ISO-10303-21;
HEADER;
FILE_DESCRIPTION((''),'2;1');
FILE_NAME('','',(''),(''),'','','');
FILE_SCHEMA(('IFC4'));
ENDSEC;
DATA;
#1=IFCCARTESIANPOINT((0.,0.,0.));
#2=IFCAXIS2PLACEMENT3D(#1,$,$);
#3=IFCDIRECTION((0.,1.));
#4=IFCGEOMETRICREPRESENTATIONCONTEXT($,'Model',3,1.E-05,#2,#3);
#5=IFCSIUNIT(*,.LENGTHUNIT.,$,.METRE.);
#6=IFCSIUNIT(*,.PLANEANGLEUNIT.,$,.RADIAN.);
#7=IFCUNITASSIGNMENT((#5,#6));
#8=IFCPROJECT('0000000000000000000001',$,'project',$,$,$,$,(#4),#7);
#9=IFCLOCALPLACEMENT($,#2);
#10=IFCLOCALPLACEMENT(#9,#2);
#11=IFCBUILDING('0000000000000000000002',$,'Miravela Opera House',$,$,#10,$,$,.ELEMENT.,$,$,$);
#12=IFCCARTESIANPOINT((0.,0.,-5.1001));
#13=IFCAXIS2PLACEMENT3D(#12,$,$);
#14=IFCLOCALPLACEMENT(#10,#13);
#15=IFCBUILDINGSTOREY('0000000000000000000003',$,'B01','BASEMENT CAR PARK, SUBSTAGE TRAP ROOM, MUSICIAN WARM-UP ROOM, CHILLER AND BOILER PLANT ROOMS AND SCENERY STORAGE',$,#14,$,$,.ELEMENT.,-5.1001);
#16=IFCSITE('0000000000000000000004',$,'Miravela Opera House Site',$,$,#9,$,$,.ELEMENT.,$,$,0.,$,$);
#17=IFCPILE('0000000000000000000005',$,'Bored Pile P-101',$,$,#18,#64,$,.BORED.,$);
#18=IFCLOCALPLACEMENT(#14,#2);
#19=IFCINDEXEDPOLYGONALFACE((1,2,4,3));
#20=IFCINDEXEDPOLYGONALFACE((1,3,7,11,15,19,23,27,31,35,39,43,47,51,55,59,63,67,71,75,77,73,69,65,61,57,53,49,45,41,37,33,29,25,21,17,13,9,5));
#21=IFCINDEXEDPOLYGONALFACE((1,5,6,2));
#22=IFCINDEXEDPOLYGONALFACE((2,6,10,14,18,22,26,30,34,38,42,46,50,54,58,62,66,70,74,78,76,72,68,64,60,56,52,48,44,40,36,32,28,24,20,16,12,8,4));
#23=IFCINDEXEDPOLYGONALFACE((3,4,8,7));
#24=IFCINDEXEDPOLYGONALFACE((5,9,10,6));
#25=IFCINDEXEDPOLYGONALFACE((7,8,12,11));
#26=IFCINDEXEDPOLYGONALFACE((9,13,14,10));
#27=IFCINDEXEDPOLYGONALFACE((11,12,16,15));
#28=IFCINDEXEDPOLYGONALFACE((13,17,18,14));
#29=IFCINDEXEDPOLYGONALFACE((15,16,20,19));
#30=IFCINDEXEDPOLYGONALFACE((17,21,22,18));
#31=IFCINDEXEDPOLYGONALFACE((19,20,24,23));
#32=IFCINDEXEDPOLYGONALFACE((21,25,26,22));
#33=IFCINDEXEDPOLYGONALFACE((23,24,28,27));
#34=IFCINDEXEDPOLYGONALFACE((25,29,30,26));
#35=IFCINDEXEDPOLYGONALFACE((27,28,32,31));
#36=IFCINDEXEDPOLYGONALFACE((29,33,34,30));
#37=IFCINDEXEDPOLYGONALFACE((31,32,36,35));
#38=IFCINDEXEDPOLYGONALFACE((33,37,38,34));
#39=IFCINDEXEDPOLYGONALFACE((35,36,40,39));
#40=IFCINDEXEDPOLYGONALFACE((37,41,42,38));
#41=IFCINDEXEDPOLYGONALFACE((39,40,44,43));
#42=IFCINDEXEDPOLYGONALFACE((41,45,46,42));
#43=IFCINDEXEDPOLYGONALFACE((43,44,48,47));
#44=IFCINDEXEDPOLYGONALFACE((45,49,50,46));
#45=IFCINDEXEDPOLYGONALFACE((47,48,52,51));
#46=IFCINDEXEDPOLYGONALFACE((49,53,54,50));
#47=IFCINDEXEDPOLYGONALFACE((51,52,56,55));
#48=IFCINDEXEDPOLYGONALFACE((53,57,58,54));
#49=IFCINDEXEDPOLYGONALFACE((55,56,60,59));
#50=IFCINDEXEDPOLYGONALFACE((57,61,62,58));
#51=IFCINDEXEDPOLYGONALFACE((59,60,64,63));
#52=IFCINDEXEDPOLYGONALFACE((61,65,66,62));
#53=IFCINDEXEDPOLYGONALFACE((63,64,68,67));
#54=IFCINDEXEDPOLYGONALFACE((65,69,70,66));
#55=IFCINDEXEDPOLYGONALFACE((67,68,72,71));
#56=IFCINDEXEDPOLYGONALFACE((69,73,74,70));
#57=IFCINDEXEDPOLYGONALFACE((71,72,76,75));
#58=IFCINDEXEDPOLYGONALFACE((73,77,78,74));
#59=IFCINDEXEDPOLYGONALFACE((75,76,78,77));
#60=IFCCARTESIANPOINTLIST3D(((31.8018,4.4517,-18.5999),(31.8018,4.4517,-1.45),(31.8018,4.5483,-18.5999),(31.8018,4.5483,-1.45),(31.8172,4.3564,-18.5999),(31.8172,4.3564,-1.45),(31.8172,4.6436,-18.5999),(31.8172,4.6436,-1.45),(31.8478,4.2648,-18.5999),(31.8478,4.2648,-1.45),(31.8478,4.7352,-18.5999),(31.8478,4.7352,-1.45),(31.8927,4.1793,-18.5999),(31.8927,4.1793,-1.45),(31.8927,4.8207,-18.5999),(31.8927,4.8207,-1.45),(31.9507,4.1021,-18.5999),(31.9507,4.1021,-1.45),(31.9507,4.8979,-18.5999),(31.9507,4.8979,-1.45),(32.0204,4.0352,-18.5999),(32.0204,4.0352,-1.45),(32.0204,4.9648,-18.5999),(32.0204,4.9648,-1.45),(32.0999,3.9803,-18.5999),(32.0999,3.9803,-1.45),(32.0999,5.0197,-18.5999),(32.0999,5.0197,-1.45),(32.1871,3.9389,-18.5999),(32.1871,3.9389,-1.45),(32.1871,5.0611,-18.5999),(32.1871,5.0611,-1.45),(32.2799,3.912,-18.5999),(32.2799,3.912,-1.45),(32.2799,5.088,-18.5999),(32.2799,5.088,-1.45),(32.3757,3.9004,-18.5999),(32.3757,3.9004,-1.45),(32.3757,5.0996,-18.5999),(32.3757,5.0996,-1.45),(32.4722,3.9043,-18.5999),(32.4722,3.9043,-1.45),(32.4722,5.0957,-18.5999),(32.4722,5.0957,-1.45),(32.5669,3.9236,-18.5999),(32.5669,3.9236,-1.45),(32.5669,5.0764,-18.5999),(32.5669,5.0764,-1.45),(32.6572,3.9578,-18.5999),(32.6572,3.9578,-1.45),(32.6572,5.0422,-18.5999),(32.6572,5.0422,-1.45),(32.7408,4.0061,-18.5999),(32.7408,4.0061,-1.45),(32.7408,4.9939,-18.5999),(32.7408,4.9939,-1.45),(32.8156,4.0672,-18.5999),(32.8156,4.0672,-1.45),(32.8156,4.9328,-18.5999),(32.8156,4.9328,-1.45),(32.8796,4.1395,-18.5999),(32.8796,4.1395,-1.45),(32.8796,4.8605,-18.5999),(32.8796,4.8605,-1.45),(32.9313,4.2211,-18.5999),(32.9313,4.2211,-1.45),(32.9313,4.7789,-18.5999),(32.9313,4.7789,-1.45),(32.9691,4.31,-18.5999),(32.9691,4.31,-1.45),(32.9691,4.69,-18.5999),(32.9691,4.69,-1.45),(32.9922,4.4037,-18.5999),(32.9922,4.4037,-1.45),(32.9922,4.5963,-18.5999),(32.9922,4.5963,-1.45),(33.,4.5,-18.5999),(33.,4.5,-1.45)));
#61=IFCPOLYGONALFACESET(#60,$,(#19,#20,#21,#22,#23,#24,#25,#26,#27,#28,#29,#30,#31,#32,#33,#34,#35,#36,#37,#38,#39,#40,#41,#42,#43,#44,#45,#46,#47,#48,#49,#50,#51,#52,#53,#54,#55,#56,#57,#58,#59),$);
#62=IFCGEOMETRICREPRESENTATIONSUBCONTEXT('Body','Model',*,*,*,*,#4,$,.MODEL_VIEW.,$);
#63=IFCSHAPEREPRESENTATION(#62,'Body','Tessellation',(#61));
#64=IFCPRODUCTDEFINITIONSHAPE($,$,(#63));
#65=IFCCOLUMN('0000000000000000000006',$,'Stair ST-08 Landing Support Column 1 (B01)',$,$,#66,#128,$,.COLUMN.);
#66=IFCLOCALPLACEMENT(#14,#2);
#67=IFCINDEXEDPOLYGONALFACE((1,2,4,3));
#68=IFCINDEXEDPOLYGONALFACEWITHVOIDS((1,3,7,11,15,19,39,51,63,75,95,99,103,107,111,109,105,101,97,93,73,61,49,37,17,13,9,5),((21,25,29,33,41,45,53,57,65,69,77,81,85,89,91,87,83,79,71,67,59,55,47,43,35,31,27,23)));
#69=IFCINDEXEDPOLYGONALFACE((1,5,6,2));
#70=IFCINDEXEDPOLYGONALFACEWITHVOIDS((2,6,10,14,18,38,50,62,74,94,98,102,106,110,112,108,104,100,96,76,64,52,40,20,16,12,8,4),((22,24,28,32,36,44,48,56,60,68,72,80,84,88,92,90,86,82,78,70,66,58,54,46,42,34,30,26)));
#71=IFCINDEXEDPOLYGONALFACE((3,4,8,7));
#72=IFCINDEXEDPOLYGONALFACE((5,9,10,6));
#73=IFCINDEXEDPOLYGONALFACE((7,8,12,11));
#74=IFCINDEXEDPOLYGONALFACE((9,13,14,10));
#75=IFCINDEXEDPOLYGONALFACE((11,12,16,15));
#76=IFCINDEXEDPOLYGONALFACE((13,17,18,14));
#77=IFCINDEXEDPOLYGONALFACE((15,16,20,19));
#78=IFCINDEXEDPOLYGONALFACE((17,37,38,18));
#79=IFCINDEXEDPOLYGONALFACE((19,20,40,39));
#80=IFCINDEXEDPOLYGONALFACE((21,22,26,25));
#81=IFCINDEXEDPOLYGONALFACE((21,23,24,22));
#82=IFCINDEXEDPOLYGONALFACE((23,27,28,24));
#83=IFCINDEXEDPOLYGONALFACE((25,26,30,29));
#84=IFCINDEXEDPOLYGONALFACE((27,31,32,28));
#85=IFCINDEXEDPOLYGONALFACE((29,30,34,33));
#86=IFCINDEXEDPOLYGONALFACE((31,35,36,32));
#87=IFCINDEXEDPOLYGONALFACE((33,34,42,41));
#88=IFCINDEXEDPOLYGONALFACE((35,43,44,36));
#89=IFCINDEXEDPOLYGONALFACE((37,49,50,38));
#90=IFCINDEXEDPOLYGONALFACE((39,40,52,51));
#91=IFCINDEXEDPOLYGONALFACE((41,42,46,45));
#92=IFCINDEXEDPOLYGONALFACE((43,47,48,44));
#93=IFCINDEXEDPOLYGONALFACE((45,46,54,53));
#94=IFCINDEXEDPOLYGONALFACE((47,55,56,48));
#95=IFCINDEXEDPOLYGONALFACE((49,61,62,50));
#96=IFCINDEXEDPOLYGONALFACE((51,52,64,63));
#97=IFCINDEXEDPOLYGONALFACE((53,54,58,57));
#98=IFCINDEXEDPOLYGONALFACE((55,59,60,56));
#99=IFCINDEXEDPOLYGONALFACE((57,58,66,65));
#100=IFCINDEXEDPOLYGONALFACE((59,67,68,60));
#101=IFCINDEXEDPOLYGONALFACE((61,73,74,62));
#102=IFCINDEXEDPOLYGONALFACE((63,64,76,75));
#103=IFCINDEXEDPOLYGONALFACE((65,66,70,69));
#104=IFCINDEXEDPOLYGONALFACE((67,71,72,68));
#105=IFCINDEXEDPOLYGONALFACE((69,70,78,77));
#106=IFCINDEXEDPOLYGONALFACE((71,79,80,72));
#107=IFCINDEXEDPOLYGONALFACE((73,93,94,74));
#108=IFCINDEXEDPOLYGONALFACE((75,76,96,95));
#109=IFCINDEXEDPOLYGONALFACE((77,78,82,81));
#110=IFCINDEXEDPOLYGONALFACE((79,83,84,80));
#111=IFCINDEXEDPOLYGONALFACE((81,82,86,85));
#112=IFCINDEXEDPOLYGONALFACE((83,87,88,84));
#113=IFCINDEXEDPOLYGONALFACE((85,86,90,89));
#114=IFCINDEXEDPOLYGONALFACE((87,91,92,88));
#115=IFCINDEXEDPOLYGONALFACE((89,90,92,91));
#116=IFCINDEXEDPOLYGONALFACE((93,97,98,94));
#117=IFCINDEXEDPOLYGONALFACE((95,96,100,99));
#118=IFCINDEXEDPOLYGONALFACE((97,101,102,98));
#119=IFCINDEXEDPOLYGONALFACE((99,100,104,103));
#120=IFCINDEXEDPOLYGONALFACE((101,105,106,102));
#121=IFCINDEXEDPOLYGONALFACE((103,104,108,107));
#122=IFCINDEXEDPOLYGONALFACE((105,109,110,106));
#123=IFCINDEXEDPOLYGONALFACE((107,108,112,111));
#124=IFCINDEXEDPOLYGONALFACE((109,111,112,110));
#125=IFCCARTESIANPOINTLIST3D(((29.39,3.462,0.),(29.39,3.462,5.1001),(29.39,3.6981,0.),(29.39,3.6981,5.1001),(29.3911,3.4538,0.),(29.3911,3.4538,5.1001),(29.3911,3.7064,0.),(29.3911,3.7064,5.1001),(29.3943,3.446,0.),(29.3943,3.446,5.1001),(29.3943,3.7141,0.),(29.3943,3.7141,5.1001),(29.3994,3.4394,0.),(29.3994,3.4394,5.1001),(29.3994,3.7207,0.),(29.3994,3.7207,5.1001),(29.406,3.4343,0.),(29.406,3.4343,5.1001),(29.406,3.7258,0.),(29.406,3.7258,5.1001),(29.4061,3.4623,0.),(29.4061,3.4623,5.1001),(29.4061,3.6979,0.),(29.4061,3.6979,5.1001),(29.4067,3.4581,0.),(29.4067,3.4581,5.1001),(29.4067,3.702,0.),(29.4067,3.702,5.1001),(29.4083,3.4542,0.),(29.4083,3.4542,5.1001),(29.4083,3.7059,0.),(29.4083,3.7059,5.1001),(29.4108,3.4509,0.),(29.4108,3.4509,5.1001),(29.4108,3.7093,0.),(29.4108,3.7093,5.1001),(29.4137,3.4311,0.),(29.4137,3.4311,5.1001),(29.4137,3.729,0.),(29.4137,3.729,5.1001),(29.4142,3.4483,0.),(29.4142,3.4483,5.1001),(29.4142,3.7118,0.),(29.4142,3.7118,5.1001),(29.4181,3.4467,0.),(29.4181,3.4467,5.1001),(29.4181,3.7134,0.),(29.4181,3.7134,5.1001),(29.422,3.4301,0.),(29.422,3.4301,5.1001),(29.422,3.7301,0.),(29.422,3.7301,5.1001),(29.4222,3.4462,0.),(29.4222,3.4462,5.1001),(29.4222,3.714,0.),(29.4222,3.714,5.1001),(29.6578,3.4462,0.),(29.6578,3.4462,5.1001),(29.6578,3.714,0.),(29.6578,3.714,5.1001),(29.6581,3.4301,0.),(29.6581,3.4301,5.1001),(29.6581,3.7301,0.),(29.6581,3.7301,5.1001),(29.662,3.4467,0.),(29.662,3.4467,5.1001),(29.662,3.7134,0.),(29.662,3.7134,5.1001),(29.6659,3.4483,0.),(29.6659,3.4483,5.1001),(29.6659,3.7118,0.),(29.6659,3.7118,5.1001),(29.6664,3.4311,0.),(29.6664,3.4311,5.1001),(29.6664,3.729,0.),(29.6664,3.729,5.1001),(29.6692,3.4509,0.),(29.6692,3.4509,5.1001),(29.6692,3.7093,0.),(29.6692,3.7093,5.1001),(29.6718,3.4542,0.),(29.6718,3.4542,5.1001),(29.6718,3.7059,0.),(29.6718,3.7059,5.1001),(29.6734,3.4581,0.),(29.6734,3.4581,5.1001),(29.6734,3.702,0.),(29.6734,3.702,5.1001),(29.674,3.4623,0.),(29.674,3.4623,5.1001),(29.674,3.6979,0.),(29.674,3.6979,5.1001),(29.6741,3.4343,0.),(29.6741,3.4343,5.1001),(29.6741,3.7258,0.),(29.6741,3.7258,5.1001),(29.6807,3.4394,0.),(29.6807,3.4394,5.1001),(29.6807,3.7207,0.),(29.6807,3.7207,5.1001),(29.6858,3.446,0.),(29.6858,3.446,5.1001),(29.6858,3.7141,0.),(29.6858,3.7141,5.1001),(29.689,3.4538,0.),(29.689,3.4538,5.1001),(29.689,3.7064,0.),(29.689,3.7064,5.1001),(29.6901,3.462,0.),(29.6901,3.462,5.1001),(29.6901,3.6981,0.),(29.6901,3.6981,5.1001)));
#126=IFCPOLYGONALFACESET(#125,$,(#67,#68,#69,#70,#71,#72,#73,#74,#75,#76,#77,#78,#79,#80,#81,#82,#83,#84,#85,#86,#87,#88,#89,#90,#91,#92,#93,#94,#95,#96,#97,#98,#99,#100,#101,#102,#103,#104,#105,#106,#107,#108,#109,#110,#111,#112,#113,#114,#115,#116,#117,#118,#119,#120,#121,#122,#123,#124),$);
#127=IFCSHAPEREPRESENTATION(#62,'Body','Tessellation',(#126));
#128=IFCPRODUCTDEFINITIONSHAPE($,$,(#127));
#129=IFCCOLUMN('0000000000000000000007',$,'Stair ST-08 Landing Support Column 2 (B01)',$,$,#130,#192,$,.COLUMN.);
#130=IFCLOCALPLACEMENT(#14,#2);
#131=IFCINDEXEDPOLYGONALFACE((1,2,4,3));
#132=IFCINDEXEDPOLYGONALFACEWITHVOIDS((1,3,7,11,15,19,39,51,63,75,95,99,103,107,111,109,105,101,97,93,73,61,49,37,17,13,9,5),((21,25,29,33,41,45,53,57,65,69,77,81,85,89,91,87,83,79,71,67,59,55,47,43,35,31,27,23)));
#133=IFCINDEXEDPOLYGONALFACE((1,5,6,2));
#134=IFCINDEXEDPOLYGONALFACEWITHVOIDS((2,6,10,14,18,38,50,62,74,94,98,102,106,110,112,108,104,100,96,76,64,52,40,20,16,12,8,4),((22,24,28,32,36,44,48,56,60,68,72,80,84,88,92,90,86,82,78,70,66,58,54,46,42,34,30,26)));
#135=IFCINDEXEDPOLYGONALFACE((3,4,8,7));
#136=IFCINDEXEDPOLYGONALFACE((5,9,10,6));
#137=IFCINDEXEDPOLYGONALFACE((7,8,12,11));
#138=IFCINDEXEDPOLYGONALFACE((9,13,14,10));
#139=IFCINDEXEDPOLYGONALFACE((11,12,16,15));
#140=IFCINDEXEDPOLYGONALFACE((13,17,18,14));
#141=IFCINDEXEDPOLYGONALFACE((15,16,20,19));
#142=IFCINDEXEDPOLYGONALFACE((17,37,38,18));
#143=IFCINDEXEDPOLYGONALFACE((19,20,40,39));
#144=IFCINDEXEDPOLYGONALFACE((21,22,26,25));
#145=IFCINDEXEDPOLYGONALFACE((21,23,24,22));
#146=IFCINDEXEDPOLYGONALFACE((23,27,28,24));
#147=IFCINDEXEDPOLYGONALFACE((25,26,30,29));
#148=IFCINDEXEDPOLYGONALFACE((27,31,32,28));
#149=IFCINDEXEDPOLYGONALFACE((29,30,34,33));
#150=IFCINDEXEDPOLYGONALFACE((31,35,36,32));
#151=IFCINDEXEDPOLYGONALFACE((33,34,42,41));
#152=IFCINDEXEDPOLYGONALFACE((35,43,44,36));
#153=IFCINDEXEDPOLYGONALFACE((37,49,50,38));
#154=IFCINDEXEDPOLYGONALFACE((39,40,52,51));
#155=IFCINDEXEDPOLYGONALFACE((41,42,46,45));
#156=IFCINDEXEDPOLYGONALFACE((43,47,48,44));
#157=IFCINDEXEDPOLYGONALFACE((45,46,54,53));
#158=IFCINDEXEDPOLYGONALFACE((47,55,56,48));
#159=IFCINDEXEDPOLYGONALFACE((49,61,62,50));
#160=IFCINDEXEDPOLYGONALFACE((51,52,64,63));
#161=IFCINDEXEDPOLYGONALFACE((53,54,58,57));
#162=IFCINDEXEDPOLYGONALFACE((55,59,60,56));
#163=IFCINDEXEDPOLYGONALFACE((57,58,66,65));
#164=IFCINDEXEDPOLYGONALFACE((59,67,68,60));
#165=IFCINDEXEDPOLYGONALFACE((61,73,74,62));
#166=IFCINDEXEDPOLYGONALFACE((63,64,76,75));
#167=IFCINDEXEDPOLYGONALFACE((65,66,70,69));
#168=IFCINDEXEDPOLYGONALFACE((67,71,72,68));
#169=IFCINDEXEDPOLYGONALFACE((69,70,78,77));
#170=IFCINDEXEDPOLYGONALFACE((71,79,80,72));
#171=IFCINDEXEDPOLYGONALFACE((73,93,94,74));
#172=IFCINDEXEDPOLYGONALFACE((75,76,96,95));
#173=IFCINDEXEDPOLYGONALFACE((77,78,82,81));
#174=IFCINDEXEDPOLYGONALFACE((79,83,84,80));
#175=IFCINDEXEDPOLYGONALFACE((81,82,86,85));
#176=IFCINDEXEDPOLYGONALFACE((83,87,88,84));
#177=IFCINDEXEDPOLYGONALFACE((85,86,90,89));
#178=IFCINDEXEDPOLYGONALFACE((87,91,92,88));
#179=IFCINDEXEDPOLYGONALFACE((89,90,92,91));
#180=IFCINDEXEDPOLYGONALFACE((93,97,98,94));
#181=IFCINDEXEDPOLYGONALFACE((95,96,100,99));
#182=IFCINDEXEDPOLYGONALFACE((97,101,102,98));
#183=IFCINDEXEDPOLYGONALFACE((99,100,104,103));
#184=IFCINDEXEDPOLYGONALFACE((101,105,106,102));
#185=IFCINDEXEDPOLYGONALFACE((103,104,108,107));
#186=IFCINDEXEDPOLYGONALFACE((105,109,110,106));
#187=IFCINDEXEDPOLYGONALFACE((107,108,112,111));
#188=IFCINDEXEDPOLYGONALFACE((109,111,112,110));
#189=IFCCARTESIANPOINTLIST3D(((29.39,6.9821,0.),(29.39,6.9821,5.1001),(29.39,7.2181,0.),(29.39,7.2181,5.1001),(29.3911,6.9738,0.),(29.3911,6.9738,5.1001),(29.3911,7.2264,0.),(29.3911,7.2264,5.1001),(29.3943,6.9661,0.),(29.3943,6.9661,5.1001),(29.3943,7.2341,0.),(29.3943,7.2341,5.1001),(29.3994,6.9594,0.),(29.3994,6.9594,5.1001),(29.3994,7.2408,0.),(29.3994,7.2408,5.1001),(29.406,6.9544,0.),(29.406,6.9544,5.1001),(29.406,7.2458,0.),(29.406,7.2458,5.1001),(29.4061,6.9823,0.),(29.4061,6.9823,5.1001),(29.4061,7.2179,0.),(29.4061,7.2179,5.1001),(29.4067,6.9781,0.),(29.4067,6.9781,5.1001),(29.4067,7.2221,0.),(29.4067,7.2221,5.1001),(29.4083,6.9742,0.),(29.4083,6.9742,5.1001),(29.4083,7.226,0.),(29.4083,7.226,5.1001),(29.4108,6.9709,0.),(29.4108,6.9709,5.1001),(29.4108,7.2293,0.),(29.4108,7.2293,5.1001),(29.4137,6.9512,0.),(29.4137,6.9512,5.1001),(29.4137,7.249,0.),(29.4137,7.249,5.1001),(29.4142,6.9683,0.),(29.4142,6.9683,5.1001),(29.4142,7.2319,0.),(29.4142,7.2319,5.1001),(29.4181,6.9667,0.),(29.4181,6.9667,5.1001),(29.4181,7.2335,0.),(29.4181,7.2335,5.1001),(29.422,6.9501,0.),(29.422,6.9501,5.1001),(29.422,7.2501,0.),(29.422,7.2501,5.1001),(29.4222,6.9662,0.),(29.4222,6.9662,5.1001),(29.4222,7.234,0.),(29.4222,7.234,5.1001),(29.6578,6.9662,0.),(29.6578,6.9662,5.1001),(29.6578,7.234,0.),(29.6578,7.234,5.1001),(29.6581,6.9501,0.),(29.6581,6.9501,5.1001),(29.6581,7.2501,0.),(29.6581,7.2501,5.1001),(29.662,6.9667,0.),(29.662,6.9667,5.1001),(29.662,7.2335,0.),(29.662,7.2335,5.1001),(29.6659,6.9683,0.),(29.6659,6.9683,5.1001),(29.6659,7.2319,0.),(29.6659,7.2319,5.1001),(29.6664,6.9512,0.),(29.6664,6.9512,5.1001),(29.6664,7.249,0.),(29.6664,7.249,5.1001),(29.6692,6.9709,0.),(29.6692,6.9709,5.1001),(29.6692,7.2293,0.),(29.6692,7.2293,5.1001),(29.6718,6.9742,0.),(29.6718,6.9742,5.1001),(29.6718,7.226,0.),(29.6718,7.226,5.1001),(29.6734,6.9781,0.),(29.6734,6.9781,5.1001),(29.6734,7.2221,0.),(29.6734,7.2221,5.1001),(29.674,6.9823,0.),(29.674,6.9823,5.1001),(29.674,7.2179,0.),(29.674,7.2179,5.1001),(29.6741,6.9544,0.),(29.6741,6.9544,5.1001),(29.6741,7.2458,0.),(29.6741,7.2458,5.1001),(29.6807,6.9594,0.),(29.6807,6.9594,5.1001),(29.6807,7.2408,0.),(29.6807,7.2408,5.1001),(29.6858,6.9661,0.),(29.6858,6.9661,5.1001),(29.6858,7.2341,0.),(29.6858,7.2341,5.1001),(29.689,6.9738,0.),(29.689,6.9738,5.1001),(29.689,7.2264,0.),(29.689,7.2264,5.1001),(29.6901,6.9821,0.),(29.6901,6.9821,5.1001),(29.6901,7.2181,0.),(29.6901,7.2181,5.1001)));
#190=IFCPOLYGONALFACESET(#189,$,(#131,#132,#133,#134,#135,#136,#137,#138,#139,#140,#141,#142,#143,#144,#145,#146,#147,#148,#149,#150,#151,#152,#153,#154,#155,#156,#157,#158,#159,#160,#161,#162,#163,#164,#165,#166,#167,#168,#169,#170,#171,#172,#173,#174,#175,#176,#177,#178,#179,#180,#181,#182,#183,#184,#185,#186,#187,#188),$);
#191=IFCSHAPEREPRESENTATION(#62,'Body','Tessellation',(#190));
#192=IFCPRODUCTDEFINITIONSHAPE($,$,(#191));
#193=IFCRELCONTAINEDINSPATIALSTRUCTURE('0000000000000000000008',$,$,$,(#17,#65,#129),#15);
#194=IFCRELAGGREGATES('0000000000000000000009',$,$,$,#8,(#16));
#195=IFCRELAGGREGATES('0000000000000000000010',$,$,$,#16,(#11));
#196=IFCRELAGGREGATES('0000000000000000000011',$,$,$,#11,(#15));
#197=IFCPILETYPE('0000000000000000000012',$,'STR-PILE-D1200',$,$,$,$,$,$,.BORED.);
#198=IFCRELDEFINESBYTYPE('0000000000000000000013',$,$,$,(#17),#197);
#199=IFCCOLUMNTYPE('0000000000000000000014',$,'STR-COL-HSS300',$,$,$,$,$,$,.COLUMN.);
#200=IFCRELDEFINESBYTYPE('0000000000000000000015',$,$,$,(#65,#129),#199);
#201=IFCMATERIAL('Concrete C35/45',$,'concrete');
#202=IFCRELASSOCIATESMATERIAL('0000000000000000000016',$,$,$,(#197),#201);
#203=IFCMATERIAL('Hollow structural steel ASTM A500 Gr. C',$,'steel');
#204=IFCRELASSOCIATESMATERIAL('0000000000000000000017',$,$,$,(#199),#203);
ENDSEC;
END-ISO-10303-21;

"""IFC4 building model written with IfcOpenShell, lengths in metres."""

from ifc_helpers import new_model, si_unit, direction, frame, origin, origin_2d, place, context, subcontext, project, spatial, hollow_rectangle, circle, extrude, material, material_profile, profile_set, type_object, element, save


model = new_model("IFC4")

# Units and contexts
model_context = context("Model", 3, precision=1e-05, world=origin(), true_north=direction((0.0, 1.0)))
body_context = subcontext(model_context, "Body", "Model", "MODEL_VIEW")
ifc_project = project(units=[si_unit("LENGTHUNIT", "METRE"), si_unit("PLANEANGLEUNIT", "RADIAN")], contexts=[model_context])

# Site, building, storey
site_placement = place(None, origin())
site = spatial("IfcSite", under=ifc_project, at=site_placement, Name="Miravela Opera House Site", CompositionType="ELEMENT", RefElevation=0.0)
building_placement = place(site_placement, origin())
building = spatial("IfcBuilding", under=site, at=building_placement, Name="Miravela Opera House", CompositionType="ELEMENT")
storey_placement = place(building_placement, frame((0.0, 0.0, -5.1001)))
storey = spatial("IfcBuildingStorey", under=building, at=storey_placement, Name="B01", Description="BASEMENT CAR PARK, SUBSTAGE TRAP ROOM, MUSICIAN WARM-UP ROOM, CHILLER AND BOILER PLANT ROOMS AND SCENERY STORAGE", CompositionType="ELEMENT", Elevation=-5.1001)

# Shared definitions
ifc_material_1 = material(Name="Concrete C35/45", Category="concrete")

# Pile
ifc_material_profile_1 = material_profile(ifc_material_1, circle(Radius=0.6001, at=origin_2d()), Name="PILE-D1200")
ifc_profile_set_1 = profile_set([ifc_material_profile_1])
pile_type = type_object("IfcPileType", Name="STR-PILE-D1200", PredefinedType="BORED", material=ifc_profile_set_1)
for number, where, z_axis, x_axis, name in (
    (1, (32.3999, 4.5, -1.45), (0.0, 0.0, -1.0), (1.0, 0.0, 0.0), "Bored Pile P-101"),
):
    element("IfcPile", number, at=place(storey_placement, frame(where, z_axis=z_axis, x_axis=x_axis)), inside=storey, type_object=pile_type, Name=name, PredefinedType="BORED", context=body_context, shape_type="SweptSolid", body=[
        extrude(circle(Radius=0.6001, at=origin_2d()), origin(), (0.0, 0.0, 1.0), 17.1499),
    ])

# Columns
ifc_material_2 = material(Name="Hollow structural steel ASTM A500 Gr. C", Category="steel")
ifc_material_profile_2 = material_profile(ifc_material_2, hollow_rectangle(XDim=0.3, YDim=0.3, WallThickness=0.0161, InnerFilletRadius=0.0161, OuterFilletRadius=0.032, at=origin_2d()), Name="HSS300X300X16")
ifc_profile_set_2 = profile_set([ifc_material_profile_2])
column_type_1 = type_object("IfcColumnType", Name="STR-COL-HSS300", PredefinedType="COLUMN", material=ifc_profile_set_2)
for number, where, z_axis, x_axis, name in (
    (2, (29.54, 3.5801, 0.0), (0.0, 0.0, 1.0), (1.0, 0.0, 0.0), "Stair ST-08 Landing Support Column 1 (B01)"),
    (3, (29.54, 7.1001, 0.0), (0.0, 0.0, 1.0), (1.0, 0.0, 0.0), "Stair ST-08 Landing Support Column 2 (B01)"),
):
    element("IfcColumn", number, at=place(storey_placement, frame(where, z_axis=z_axis, x_axis=x_axis)), inside=storey, type_object=column_type_1, Name=name, PredefinedType="COLUMN", context=body_context, shape_type="SweptSolid", body=[
        extrude(hollow_rectangle(XDim=0.3, YDim=0.3, WallThickness=0.0161, InnerFilletRadius=0.0161, OuterFilletRadius=0.032, at=origin_2d()), origin(), (0.0, 0.0, 1.0), 5.1001),
    ])

save(model, "model.ifc")
